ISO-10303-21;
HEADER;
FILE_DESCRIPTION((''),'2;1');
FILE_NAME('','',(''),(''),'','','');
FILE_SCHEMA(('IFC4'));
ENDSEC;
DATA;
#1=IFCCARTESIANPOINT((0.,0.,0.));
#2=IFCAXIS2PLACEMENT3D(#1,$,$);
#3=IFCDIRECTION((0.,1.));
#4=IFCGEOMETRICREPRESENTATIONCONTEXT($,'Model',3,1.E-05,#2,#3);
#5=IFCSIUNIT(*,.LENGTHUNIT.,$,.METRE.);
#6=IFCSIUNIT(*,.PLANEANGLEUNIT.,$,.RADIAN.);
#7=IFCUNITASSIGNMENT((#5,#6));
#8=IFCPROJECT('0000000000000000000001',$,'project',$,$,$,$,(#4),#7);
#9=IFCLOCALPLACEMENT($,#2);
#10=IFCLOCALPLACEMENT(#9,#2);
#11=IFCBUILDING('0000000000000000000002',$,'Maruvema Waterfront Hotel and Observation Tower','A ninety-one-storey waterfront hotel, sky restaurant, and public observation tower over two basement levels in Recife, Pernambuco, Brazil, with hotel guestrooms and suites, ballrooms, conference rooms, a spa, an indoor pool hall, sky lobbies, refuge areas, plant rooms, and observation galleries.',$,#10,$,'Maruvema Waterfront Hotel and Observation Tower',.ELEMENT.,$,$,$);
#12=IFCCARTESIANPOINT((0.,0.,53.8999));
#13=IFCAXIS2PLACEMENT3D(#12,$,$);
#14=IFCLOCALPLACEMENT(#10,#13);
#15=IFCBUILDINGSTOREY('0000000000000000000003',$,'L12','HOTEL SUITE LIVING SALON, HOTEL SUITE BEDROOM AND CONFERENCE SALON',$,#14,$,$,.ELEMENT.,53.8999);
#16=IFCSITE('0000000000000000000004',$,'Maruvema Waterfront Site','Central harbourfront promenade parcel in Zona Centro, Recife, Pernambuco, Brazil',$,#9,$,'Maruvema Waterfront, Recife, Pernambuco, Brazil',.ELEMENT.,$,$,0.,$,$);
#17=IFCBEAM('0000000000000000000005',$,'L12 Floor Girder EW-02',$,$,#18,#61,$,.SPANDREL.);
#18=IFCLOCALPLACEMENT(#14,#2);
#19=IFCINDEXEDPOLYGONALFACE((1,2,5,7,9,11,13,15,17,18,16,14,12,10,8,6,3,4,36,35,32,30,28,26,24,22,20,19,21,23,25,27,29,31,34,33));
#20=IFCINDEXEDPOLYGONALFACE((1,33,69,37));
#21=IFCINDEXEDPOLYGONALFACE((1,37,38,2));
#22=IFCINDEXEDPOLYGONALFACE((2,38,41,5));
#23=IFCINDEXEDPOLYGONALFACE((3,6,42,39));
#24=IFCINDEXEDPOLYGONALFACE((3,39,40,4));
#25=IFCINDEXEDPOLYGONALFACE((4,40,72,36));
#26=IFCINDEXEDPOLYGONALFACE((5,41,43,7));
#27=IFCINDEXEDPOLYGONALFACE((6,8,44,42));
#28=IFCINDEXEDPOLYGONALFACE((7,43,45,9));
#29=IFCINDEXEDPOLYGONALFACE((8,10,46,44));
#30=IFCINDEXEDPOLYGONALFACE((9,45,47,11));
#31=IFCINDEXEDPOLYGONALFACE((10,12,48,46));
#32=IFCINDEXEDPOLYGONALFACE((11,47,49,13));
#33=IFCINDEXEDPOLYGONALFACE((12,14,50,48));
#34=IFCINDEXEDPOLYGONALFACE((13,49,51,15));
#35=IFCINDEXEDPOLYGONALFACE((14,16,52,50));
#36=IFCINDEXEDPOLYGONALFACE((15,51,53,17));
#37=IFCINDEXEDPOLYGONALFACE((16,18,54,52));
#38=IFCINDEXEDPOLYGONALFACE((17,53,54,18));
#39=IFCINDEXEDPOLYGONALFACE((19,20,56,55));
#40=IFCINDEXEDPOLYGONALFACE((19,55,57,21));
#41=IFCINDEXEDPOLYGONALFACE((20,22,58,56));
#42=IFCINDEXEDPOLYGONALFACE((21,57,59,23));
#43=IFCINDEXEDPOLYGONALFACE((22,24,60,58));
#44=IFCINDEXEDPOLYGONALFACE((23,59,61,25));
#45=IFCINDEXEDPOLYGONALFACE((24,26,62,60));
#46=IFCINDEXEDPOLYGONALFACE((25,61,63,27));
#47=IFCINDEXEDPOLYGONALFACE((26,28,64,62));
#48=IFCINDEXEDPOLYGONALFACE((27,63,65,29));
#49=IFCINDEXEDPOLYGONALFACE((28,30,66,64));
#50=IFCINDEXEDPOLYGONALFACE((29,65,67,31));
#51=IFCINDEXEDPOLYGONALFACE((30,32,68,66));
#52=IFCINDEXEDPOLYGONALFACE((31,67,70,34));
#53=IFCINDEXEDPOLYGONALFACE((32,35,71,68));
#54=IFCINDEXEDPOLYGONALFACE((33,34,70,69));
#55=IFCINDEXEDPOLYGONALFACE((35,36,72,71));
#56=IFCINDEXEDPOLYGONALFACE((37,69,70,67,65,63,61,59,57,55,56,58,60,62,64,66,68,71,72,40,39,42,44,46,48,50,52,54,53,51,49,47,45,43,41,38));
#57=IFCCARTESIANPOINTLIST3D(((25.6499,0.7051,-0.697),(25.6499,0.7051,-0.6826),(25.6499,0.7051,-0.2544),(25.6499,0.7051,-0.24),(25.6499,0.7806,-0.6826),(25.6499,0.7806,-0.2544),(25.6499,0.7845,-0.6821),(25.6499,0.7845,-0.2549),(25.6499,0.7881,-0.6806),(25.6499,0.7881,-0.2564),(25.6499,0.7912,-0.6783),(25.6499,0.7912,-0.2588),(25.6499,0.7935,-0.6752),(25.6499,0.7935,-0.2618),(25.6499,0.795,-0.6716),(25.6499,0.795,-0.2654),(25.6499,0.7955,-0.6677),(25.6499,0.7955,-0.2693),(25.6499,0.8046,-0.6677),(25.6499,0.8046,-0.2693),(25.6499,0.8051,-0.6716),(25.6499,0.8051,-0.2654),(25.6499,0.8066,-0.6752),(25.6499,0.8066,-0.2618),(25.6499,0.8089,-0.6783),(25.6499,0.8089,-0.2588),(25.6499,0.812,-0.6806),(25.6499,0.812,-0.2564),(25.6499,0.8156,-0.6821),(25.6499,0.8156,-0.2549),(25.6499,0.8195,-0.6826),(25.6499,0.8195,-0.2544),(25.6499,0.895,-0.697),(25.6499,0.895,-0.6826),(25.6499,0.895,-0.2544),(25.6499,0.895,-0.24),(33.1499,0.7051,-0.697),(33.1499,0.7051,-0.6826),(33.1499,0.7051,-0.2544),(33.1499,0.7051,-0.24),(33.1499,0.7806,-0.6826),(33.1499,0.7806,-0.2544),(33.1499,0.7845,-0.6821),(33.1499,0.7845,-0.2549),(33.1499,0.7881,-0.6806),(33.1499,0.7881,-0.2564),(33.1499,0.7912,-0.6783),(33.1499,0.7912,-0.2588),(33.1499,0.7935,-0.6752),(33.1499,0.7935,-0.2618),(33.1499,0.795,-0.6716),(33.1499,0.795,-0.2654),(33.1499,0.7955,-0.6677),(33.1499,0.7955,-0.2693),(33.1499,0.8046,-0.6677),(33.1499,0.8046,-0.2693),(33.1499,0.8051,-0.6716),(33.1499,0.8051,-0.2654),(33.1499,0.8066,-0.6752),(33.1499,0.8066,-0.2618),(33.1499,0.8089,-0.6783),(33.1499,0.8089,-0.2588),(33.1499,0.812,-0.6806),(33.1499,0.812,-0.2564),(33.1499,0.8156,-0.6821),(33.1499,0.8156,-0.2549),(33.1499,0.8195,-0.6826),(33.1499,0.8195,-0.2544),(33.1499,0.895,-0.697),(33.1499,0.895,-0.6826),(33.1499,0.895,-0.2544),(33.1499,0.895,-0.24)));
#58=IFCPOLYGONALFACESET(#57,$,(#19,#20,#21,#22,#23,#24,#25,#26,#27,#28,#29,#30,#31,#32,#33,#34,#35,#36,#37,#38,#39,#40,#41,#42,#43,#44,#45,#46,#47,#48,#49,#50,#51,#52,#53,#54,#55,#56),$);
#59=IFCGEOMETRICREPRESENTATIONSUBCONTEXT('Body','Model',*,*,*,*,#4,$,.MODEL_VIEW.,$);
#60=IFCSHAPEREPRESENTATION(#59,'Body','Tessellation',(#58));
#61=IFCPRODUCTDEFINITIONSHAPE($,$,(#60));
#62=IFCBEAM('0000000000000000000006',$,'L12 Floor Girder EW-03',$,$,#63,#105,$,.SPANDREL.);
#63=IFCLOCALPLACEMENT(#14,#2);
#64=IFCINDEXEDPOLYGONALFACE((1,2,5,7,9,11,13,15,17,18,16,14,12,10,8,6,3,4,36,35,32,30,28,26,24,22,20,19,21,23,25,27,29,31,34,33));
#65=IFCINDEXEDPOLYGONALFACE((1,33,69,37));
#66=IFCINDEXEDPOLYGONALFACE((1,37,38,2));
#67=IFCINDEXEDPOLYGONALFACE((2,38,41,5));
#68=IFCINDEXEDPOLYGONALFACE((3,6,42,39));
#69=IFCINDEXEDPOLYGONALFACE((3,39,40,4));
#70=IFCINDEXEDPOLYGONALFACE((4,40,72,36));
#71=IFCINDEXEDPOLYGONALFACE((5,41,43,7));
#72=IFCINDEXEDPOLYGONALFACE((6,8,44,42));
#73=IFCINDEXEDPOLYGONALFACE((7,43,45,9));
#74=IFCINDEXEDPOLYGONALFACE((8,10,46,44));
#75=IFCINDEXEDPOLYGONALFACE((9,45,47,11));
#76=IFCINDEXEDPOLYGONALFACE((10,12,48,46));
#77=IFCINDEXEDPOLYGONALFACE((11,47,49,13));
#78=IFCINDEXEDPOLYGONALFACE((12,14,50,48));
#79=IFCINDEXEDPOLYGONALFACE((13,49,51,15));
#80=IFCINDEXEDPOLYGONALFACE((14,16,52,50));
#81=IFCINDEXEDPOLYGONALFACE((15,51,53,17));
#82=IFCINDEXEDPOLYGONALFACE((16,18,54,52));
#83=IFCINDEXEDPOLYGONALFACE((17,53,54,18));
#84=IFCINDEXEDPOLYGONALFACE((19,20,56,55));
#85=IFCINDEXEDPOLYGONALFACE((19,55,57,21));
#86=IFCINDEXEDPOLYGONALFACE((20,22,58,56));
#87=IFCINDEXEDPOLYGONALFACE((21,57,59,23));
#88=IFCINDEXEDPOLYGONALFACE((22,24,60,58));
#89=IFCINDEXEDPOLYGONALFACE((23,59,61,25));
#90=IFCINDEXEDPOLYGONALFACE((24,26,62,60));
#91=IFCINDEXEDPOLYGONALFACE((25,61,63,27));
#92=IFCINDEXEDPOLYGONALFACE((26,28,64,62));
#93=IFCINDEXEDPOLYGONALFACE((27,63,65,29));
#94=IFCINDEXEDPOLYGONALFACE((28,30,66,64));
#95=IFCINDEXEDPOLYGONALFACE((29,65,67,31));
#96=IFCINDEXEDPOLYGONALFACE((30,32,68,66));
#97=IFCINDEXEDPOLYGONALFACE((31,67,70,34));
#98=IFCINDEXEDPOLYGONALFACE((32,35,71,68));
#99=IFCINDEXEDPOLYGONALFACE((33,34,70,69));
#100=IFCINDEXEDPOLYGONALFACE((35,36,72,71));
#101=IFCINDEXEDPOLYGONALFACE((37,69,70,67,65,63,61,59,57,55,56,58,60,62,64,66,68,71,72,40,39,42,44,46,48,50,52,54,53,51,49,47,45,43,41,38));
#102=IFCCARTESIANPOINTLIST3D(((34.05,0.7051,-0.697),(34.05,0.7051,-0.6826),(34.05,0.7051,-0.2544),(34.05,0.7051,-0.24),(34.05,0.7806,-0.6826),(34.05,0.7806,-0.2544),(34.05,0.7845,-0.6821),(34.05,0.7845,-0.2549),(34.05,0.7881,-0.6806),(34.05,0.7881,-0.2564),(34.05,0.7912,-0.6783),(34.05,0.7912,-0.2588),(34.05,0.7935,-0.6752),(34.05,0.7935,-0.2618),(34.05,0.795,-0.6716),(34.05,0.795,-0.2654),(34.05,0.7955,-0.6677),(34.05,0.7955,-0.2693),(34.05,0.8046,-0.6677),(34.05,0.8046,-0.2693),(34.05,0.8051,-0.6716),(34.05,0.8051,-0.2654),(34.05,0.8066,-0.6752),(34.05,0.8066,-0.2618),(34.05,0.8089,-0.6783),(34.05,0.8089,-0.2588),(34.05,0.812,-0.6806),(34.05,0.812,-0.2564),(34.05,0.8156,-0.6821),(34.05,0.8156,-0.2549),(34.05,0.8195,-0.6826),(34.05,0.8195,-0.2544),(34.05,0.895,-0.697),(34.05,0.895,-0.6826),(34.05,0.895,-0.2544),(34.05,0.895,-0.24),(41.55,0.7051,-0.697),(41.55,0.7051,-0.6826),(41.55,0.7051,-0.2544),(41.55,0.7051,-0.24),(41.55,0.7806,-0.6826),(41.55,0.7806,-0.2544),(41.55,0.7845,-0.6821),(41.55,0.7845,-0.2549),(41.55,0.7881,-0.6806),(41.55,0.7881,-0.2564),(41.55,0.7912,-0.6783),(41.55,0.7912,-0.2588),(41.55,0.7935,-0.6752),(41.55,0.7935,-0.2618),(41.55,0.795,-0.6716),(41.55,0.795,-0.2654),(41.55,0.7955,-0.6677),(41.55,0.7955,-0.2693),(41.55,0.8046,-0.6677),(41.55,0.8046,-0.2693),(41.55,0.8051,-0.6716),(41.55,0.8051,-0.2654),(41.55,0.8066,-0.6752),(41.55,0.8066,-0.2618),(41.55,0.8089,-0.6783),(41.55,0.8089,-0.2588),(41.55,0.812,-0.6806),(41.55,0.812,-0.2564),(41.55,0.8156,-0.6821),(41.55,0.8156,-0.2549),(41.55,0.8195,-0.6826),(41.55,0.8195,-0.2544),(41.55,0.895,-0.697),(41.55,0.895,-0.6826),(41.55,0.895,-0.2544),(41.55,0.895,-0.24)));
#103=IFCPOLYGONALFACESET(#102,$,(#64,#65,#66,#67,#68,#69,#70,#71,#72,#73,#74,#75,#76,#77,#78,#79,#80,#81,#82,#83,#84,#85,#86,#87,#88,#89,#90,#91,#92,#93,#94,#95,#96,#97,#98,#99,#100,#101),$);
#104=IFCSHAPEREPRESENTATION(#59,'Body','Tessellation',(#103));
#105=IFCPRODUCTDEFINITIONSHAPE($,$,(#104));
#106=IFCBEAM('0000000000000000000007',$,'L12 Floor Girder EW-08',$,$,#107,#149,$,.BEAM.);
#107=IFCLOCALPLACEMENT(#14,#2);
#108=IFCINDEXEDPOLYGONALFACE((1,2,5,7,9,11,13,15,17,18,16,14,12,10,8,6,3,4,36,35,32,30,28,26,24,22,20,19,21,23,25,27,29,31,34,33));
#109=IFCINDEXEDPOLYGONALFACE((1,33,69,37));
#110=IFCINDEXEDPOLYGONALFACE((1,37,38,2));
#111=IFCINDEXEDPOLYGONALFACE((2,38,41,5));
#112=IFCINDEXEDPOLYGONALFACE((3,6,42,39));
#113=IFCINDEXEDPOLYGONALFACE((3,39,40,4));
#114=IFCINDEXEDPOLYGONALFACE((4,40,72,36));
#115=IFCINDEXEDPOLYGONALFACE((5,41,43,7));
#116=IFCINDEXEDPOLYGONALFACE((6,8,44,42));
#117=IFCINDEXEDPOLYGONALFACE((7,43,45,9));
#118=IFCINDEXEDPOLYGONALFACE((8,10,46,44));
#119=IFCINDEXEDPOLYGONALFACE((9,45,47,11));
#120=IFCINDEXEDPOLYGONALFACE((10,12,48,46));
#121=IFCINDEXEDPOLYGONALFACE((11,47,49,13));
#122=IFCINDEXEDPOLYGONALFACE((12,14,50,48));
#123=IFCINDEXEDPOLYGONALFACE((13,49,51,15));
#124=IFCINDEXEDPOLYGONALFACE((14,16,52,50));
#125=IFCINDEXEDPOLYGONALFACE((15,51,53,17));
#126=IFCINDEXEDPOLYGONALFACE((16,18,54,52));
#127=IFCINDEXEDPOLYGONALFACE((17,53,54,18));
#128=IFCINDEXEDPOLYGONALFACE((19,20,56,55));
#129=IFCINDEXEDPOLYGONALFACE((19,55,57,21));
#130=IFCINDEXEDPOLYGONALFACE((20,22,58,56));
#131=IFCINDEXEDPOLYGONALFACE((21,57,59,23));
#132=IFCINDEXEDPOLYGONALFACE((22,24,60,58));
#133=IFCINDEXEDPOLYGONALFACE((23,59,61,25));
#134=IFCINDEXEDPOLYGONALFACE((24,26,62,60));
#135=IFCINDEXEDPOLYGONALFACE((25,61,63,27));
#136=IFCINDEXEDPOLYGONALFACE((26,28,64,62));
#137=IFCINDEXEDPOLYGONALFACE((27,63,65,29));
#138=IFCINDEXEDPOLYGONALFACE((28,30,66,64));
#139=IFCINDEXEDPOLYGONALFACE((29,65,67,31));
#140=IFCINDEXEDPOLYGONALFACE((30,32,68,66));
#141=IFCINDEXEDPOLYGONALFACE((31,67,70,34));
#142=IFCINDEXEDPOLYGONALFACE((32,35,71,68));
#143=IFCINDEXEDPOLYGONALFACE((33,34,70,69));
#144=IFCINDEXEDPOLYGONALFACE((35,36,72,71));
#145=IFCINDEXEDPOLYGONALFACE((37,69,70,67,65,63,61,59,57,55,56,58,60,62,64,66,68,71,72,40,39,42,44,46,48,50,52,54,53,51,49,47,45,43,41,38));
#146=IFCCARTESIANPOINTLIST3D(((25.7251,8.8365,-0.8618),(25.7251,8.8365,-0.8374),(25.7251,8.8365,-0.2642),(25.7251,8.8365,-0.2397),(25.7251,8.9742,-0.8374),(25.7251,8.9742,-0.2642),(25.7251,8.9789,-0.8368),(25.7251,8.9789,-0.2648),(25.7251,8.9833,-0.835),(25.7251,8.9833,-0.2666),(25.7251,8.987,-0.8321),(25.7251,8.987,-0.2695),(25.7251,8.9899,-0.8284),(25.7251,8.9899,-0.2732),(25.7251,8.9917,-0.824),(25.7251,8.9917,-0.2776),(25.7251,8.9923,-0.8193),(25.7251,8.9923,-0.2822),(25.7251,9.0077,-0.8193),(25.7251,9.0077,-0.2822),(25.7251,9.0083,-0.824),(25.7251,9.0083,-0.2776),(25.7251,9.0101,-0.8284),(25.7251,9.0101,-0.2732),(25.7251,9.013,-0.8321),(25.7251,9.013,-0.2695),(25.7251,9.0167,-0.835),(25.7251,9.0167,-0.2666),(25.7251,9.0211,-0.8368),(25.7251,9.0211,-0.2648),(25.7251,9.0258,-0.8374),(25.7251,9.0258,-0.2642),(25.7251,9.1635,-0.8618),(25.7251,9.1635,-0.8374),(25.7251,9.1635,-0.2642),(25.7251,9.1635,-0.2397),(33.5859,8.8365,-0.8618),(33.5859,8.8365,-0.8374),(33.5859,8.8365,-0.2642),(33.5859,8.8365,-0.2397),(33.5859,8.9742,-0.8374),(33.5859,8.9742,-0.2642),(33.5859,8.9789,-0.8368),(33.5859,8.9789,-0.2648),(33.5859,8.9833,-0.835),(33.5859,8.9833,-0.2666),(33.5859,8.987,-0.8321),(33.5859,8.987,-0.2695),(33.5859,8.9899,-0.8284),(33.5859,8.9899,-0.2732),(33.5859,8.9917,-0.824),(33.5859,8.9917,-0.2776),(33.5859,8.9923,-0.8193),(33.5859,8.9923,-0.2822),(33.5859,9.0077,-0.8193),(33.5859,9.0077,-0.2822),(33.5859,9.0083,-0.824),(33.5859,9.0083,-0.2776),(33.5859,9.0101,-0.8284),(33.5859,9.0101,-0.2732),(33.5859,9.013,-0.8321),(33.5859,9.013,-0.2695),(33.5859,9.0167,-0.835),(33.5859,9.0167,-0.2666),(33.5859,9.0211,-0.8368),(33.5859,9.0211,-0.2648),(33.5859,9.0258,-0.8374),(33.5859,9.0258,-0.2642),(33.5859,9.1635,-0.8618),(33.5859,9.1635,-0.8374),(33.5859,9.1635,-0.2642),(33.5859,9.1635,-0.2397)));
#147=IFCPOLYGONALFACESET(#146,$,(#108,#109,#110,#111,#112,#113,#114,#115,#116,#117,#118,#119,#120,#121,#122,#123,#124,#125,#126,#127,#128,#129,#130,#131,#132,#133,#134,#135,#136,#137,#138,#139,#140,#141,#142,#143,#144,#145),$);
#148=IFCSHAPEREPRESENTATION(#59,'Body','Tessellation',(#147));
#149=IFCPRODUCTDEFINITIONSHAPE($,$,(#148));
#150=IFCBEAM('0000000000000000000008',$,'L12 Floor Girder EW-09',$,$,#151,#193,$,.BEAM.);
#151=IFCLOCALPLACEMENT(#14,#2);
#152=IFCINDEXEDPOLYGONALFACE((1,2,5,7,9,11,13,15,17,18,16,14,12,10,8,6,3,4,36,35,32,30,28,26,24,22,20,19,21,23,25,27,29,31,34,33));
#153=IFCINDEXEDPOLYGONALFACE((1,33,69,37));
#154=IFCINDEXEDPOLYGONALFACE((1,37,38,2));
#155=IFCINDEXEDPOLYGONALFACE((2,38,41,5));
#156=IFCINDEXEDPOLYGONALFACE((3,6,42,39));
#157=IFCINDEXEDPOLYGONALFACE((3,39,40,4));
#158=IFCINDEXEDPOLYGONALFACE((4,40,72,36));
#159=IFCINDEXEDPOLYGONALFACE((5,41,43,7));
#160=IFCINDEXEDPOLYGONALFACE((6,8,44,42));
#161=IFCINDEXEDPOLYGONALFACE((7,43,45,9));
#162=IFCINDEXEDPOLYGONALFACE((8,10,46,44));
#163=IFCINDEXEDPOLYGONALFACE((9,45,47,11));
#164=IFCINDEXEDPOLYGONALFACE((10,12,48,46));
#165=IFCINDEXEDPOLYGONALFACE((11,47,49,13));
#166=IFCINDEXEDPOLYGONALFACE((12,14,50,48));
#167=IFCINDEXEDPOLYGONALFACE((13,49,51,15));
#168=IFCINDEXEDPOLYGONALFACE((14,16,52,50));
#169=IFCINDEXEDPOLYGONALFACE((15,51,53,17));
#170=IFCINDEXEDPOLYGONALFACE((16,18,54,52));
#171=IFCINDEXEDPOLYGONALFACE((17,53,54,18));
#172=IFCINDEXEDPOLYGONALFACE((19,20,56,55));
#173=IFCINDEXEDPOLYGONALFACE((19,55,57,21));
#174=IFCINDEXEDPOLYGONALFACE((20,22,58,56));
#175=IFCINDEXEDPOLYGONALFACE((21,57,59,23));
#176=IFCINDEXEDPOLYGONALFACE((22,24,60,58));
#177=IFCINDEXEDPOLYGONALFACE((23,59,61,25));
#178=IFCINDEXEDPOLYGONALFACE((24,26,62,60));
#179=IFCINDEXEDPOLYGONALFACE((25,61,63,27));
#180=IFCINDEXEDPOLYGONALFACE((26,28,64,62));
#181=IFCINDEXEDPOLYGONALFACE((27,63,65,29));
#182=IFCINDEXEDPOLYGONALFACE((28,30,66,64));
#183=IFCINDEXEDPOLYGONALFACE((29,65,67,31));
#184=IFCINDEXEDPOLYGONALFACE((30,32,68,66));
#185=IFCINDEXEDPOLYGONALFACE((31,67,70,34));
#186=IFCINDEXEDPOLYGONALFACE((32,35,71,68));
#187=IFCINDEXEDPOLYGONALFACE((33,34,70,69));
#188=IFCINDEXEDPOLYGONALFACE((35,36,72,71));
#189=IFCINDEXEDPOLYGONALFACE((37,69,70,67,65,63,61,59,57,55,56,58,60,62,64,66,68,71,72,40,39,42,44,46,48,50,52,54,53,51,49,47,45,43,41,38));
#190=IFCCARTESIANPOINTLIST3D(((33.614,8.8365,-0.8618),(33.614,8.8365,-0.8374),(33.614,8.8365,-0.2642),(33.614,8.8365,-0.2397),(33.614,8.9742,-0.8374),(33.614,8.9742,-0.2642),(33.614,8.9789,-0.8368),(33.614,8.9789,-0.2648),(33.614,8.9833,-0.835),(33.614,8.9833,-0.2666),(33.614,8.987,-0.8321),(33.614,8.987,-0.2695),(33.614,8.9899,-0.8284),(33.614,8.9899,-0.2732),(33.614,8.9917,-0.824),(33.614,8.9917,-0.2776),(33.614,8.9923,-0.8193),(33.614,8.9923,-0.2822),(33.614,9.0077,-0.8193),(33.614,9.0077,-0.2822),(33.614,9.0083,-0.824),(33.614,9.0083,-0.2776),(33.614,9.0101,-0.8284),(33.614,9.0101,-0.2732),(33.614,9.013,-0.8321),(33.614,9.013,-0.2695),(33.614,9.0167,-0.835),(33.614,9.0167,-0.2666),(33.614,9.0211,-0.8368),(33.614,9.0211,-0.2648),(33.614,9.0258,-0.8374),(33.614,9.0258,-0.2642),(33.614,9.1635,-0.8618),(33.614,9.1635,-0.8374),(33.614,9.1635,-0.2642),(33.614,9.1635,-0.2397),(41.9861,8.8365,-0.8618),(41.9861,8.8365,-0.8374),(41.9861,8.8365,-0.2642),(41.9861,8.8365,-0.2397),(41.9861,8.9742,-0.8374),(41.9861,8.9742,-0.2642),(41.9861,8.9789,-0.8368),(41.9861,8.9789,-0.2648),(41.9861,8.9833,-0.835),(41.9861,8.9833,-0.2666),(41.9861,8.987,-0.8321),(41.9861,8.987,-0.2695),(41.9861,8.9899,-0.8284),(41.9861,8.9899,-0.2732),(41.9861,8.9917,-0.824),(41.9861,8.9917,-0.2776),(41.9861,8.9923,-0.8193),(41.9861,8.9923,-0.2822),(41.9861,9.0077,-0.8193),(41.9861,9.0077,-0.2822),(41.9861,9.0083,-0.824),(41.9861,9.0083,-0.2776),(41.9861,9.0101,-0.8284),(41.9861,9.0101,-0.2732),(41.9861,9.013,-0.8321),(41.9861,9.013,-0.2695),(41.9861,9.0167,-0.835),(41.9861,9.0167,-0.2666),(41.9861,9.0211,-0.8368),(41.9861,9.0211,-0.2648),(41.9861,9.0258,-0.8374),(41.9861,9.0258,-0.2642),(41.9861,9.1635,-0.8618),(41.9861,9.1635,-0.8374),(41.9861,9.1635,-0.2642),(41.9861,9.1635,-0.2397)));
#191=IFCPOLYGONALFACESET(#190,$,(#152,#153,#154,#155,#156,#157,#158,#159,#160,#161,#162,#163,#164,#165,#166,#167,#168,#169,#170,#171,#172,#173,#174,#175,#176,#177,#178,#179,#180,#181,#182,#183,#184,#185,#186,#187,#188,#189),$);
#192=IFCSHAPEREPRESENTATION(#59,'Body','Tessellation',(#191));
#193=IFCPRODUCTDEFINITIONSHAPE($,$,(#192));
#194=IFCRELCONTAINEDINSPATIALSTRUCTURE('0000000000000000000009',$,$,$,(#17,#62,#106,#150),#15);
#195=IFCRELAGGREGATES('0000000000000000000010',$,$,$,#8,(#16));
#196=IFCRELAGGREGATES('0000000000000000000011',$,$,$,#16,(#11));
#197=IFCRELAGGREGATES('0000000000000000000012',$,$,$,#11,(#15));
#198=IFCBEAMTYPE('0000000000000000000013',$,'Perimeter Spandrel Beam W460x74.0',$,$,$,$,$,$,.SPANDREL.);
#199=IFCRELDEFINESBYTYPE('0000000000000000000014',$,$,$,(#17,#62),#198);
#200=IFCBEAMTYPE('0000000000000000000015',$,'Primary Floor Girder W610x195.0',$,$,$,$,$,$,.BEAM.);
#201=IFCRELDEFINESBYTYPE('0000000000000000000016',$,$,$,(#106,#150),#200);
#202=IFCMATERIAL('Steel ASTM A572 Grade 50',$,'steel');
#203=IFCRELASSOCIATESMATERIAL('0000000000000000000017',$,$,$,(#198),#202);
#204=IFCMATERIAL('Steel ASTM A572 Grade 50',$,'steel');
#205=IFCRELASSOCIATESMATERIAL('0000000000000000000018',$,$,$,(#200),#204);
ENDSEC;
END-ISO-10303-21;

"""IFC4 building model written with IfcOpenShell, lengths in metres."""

from ifc_helpers import new_model, si_unit, direction, frame, origin, origin_2d, place, context, subcontext, project, spatial, i_section, extrude, material, material_profile, profile_set, type_object, element, save


model = new_model("IFC4")

# Units and contexts
model_context = context("Model", 3, precision=1e-05, world=origin(), true_north=direction((0.0, 1.0)))
body_context = subcontext(model_context, "Body", "Model", "MODEL_VIEW")
ifc_project = project(units=[si_unit("LENGTHUNIT", "METRE"), si_unit("PLANEANGLEUNIT", "RADIAN")], contexts=[model_context])

# Site, building, storey
site_placement = place(None, origin())
site = spatial("IfcSite", under=ifc_project, at=site_placement, Name="Maruvema Waterfront Site", Description="Central harbourfront promenade parcel in Zona Centro, Recife, Pernambuco, Brazil", LongName="Maruvema Waterfront, Recife, Pernambuco, Brazil", CompositionType="ELEMENT", RefElevation=0.0)
building_placement = place(site_placement, origin())
building = spatial("IfcBuilding", under=site, at=building_placement, Name="Maruvema Waterfront Hotel and Observation Tower", Description="A ninety-one-storey waterfront hotel, sky restaurant, and public observation tower over two basement levels in Recife, Pernambuco, Brazil, with hotel guestrooms and suites, ballrooms, conference rooms, a spa, an indoor pool hall, sky lobbies, refuge areas, plant rooms, and observation galleries.", LongName="Maruvema Waterfront Hotel and Observation Tower", CompositionType="ELEMENT")
storey_placement = place(building_placement, frame((0.0, 0.0, 53.8999)))
storey = spatial("IfcBuildingStorey", under=building, at=storey_placement, Name="L12", Description="HOTEL SUITE LIVING SALON, HOTEL SUITE BEDROOM AND CONFERENCE SALON", CompositionType="ELEMENT", Elevation=53.8999)

# Beams
ifc_material_1 = material(Name="Steel ASTM A572 Grade 50", Category="steel")
ifc_material_profile_1 = material_profile(ifc_material_1, i_section(OverallWidth=0.1899, OverallDepth=0.457, WebThickness=0.009, FlangeThickness=0.0144, FilletRadius=0.0149, at=origin_2d()), Name="W460x74.0")
ifc_profile_set_1 = profile_set([ifc_material_profile_1], Name="Steel ASTM A572 Grade 50")
beam_type_1 = type_object("IfcBeamType", Name="Perimeter Spandrel Beam W460x74.0", PredefinedType="SPANDREL", material=ifc_profile_set_1)
for number, where, z_axis, x_axis, name in (
    (1, (25.6499, 0.8, -0.4685), (1.0, 0.0, 0.0), (0.0, 1.0, 0.0), "L12 Floor Girder EW-02"),
    (2, (34.05, 0.8, -0.4685), (1.0, 0.0, 0.0), (0.0, 1.0, 0.0), "L12 Floor Girder EW-03"),
):
    element("IfcBeam", number, at=place(storey_placement, frame(where, z_axis=z_axis, x_axis=x_axis)), inside=storey, type_object=beam_type_1, Name=name, PredefinedType="SPANDREL", context=body_context, shape_type="SweptSolid", body=[
        extrude(i_section(OverallWidth=0.1899, OverallDepth=0.457, WebThickness=0.009, FlangeThickness=0.0144, FilletRadius=0.0149, at=origin_2d()), origin(), (0.0, 0.0, 1.0), 7.5),
    ])
ifc_material_2 = material(Name="Steel ASTM A572 Grade 50", Category="steel")
ifc_material_profile_2 = material_profile(ifc_material_2, i_section(OverallWidth=0.3269, OverallDepth=0.6221, WebThickness=0.0154, FlangeThickness=0.0244, FilletRadius=0.0181, at=origin_2d()), Name="W610x195.0")
ifc_profile_set_2 = profile_set([ifc_material_profile_2], Name="Steel ASTM A572 Grade 50")
beam_type_2 = type_object("IfcBeamType", Name="Primary Floor Girder W610x195.0", PredefinedType="BEAM", material=ifc_profile_set_2)
beam_1_placement = place(storey_placement, frame((25.7251, 9.0, -0.5508), z_axis=(1.0, 0.0, 0.0), x_axis=(0.0, 1.0, 0.0)))
element("IfcBeam", 3, at=beam_1_placement, inside=storey, type_object=beam_type_2, Name="L12 Floor Girder EW-08", PredefinedType="BEAM", context=body_context, shape_type="SweptSolid", body=[
    extrude(i_section(OverallWidth=0.3269, OverallDepth=0.6221, WebThickness=0.0154, FlangeThickness=0.0244, FilletRadius=0.0181, at=origin_2d()), origin(), (0.0, 0.0, 1.0), 7.8608),
])
beam_2_placement = place(storey_placement, frame((33.614, 9.0, -0.5508), z_axis=(1.0, 0.0, 0.0), x_axis=(0.0, 1.0, 0.0)))
element("IfcBeam", 4, at=beam_2_placement, inside=storey, type_object=beam_type_2, Name="L12 Floor Girder EW-09", PredefinedType="BEAM", context=body_context, shape_type="SweptSolid", body=[
    extrude(i_section(OverallWidth=0.3269, OverallDepth=0.6221, WebThickness=0.0154, FlangeThickness=0.0244, FilletRadius=0.0181, at=origin_2d()), origin(), (0.0, 0.0, 1.0), 8.3721),
])

save(model, "model.ifc")
